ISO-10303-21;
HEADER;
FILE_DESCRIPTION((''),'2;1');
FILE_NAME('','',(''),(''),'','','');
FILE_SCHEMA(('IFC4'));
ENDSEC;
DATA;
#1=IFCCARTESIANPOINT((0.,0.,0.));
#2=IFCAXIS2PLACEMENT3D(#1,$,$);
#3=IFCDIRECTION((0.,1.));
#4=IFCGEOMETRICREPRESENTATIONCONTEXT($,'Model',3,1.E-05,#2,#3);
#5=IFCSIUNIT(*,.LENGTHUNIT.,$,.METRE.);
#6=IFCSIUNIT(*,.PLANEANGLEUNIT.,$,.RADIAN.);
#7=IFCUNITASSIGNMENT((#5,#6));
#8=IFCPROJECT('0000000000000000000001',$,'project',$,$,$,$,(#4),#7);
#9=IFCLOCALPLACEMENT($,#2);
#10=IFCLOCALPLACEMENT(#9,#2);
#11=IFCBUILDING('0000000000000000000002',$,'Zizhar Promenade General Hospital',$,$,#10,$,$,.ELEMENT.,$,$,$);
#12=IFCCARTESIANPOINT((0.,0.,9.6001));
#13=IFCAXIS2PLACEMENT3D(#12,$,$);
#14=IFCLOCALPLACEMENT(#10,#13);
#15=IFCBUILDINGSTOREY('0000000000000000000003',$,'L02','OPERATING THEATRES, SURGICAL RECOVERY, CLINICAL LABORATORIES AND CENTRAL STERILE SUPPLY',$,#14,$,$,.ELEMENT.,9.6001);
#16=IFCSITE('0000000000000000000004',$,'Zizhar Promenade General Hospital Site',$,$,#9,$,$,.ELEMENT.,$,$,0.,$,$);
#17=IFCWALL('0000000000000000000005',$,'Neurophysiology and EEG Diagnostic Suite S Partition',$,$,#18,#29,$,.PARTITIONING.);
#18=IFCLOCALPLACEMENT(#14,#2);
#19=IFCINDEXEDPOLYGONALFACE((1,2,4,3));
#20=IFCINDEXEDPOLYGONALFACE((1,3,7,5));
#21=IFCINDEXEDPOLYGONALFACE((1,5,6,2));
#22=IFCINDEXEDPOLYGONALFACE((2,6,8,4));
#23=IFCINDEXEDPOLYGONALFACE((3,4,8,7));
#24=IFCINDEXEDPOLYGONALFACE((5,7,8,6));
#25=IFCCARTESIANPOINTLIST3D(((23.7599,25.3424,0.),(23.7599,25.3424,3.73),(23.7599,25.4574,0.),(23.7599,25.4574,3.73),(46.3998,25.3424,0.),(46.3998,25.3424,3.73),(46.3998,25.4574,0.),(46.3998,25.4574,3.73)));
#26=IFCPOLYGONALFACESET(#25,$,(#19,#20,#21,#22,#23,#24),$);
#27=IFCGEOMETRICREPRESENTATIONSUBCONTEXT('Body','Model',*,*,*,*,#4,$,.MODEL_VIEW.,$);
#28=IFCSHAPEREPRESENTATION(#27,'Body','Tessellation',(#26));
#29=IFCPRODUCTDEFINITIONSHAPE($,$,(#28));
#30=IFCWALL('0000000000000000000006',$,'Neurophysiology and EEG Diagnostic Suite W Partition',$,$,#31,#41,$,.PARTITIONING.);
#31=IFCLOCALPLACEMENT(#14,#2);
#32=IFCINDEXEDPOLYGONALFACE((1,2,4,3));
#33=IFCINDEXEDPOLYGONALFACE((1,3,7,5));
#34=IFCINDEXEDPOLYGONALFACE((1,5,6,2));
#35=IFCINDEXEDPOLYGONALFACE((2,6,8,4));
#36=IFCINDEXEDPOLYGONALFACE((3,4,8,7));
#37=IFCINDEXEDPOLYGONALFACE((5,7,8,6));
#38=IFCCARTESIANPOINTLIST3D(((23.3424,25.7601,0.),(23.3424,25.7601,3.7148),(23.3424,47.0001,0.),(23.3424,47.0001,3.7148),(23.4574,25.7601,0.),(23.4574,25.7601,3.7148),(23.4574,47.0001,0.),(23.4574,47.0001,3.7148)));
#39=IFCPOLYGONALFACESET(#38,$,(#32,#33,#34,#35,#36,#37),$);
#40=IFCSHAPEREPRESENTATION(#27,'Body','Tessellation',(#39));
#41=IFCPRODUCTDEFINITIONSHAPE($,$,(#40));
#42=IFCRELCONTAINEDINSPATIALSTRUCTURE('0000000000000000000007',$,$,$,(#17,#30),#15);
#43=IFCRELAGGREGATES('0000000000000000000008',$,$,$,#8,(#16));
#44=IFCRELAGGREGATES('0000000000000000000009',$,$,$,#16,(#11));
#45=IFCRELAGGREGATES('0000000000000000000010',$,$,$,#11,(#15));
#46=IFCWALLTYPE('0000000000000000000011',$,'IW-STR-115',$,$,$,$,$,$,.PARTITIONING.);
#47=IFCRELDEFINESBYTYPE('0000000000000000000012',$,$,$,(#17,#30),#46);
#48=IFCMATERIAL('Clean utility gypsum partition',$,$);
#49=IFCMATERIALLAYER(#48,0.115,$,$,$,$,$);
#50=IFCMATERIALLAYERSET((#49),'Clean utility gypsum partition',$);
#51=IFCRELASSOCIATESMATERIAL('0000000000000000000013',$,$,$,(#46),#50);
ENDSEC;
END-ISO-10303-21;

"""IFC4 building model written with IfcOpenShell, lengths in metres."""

from ifc_helpers import new_model, si_unit, direction, frame, frame_2d, origin, place, context, subcontext, project, spatial, rectangle, extrude, material, layer, layer_set, type_object, element, save


model = new_model("IFC4")

# Units and contexts
model_context = context("Model", 3, precision=1e-05, world=origin(), true_north=direction((0.0, 1.0)))
body_context = subcontext(model_context, "Body", "Model", "MODEL_VIEW")
ifc_project = project(units=[si_unit("LENGTHUNIT", "METRE"), si_unit("PLANEANGLEUNIT", "RADIAN")], contexts=[model_context])

# Site, building, storey
site_placement = place(None, origin())
site = spatial("IfcSite", under=ifc_project, at=site_placement, Name="Zizhar Promenade General Hospital Site", CompositionType="ELEMENT", RefElevation=0.0)
building_placement = place(site_placement, origin())
building = spatial("IfcBuilding", under=site, at=building_placement, Name="Zizhar Promenade General Hospital", CompositionType="ELEMENT")
storey_placement = place(building_placement, frame((0.0, 0.0, 9.6001)))
storey = spatial("IfcBuildingStorey", under=building, at=storey_placement, Name="L02", Description="OPERATING THEATRES, SURGICAL RECOVERY, CLINICAL LABORATORIES AND CENTRAL STERILE SUPPLY", CompositionType="ELEMENT", Elevation=9.6001)

# Shared definitions
ifc_material_1 = material(Name="Clean utility gypsum partition")
ifc_layer = layer(ifc_material_1, 0.115)
ifc_layer_set = layer_set([ifc_layer], Name="Clean utility gypsum partition")
wall_type = type_object("IfcWallType", Name="IW-STR-115", PredefinedType="PARTITIONING", material=ifc_layer_set)

# Walls
wall_1_placement = place(storey_placement, frame((23.76, 25.3999, 0.0), z_axis=(0.0, 0.0, 1.0), x_axis=(1.0, 0.0, 0.0)))
element("IfcWall", 1, at=wall_1_placement, inside=storey, type_object=wall_type, Name="Neurophysiology and EEG Diagnostic Suite S Partition", PredefinedType="PARTITIONING", context=body_context, shape_type="SweptSolid", body=[
    extrude(rectangle(XDim=22.6399, YDim=0.115, at=frame_2d((11.3198, 0.0))), origin(), (0.0, 0.0, 1.0), 3.73),
])
wall_2_placement = place(storey_placement, frame((23.3999, 25.76, 0.0), z_axis=(0.0, 0.0, 1.0), x_axis=(0.0, 1.0, 0.0)))
element("IfcWall", 2, at=wall_2_placement, inside=storey, type_object=wall_type, Name="Neurophysiology and EEG Diagnostic Suite W Partition", PredefinedType="PARTITIONING", context=body_context, shape_type="SweptSolid", body=[
    extrude(rectangle(XDim=21.24, YDim=0.115, at=frame_2d((10.6201, 0.0))), origin(), (0.0, 0.0, 1.0), 3.7148),
])

save(model, "model.ifc")
